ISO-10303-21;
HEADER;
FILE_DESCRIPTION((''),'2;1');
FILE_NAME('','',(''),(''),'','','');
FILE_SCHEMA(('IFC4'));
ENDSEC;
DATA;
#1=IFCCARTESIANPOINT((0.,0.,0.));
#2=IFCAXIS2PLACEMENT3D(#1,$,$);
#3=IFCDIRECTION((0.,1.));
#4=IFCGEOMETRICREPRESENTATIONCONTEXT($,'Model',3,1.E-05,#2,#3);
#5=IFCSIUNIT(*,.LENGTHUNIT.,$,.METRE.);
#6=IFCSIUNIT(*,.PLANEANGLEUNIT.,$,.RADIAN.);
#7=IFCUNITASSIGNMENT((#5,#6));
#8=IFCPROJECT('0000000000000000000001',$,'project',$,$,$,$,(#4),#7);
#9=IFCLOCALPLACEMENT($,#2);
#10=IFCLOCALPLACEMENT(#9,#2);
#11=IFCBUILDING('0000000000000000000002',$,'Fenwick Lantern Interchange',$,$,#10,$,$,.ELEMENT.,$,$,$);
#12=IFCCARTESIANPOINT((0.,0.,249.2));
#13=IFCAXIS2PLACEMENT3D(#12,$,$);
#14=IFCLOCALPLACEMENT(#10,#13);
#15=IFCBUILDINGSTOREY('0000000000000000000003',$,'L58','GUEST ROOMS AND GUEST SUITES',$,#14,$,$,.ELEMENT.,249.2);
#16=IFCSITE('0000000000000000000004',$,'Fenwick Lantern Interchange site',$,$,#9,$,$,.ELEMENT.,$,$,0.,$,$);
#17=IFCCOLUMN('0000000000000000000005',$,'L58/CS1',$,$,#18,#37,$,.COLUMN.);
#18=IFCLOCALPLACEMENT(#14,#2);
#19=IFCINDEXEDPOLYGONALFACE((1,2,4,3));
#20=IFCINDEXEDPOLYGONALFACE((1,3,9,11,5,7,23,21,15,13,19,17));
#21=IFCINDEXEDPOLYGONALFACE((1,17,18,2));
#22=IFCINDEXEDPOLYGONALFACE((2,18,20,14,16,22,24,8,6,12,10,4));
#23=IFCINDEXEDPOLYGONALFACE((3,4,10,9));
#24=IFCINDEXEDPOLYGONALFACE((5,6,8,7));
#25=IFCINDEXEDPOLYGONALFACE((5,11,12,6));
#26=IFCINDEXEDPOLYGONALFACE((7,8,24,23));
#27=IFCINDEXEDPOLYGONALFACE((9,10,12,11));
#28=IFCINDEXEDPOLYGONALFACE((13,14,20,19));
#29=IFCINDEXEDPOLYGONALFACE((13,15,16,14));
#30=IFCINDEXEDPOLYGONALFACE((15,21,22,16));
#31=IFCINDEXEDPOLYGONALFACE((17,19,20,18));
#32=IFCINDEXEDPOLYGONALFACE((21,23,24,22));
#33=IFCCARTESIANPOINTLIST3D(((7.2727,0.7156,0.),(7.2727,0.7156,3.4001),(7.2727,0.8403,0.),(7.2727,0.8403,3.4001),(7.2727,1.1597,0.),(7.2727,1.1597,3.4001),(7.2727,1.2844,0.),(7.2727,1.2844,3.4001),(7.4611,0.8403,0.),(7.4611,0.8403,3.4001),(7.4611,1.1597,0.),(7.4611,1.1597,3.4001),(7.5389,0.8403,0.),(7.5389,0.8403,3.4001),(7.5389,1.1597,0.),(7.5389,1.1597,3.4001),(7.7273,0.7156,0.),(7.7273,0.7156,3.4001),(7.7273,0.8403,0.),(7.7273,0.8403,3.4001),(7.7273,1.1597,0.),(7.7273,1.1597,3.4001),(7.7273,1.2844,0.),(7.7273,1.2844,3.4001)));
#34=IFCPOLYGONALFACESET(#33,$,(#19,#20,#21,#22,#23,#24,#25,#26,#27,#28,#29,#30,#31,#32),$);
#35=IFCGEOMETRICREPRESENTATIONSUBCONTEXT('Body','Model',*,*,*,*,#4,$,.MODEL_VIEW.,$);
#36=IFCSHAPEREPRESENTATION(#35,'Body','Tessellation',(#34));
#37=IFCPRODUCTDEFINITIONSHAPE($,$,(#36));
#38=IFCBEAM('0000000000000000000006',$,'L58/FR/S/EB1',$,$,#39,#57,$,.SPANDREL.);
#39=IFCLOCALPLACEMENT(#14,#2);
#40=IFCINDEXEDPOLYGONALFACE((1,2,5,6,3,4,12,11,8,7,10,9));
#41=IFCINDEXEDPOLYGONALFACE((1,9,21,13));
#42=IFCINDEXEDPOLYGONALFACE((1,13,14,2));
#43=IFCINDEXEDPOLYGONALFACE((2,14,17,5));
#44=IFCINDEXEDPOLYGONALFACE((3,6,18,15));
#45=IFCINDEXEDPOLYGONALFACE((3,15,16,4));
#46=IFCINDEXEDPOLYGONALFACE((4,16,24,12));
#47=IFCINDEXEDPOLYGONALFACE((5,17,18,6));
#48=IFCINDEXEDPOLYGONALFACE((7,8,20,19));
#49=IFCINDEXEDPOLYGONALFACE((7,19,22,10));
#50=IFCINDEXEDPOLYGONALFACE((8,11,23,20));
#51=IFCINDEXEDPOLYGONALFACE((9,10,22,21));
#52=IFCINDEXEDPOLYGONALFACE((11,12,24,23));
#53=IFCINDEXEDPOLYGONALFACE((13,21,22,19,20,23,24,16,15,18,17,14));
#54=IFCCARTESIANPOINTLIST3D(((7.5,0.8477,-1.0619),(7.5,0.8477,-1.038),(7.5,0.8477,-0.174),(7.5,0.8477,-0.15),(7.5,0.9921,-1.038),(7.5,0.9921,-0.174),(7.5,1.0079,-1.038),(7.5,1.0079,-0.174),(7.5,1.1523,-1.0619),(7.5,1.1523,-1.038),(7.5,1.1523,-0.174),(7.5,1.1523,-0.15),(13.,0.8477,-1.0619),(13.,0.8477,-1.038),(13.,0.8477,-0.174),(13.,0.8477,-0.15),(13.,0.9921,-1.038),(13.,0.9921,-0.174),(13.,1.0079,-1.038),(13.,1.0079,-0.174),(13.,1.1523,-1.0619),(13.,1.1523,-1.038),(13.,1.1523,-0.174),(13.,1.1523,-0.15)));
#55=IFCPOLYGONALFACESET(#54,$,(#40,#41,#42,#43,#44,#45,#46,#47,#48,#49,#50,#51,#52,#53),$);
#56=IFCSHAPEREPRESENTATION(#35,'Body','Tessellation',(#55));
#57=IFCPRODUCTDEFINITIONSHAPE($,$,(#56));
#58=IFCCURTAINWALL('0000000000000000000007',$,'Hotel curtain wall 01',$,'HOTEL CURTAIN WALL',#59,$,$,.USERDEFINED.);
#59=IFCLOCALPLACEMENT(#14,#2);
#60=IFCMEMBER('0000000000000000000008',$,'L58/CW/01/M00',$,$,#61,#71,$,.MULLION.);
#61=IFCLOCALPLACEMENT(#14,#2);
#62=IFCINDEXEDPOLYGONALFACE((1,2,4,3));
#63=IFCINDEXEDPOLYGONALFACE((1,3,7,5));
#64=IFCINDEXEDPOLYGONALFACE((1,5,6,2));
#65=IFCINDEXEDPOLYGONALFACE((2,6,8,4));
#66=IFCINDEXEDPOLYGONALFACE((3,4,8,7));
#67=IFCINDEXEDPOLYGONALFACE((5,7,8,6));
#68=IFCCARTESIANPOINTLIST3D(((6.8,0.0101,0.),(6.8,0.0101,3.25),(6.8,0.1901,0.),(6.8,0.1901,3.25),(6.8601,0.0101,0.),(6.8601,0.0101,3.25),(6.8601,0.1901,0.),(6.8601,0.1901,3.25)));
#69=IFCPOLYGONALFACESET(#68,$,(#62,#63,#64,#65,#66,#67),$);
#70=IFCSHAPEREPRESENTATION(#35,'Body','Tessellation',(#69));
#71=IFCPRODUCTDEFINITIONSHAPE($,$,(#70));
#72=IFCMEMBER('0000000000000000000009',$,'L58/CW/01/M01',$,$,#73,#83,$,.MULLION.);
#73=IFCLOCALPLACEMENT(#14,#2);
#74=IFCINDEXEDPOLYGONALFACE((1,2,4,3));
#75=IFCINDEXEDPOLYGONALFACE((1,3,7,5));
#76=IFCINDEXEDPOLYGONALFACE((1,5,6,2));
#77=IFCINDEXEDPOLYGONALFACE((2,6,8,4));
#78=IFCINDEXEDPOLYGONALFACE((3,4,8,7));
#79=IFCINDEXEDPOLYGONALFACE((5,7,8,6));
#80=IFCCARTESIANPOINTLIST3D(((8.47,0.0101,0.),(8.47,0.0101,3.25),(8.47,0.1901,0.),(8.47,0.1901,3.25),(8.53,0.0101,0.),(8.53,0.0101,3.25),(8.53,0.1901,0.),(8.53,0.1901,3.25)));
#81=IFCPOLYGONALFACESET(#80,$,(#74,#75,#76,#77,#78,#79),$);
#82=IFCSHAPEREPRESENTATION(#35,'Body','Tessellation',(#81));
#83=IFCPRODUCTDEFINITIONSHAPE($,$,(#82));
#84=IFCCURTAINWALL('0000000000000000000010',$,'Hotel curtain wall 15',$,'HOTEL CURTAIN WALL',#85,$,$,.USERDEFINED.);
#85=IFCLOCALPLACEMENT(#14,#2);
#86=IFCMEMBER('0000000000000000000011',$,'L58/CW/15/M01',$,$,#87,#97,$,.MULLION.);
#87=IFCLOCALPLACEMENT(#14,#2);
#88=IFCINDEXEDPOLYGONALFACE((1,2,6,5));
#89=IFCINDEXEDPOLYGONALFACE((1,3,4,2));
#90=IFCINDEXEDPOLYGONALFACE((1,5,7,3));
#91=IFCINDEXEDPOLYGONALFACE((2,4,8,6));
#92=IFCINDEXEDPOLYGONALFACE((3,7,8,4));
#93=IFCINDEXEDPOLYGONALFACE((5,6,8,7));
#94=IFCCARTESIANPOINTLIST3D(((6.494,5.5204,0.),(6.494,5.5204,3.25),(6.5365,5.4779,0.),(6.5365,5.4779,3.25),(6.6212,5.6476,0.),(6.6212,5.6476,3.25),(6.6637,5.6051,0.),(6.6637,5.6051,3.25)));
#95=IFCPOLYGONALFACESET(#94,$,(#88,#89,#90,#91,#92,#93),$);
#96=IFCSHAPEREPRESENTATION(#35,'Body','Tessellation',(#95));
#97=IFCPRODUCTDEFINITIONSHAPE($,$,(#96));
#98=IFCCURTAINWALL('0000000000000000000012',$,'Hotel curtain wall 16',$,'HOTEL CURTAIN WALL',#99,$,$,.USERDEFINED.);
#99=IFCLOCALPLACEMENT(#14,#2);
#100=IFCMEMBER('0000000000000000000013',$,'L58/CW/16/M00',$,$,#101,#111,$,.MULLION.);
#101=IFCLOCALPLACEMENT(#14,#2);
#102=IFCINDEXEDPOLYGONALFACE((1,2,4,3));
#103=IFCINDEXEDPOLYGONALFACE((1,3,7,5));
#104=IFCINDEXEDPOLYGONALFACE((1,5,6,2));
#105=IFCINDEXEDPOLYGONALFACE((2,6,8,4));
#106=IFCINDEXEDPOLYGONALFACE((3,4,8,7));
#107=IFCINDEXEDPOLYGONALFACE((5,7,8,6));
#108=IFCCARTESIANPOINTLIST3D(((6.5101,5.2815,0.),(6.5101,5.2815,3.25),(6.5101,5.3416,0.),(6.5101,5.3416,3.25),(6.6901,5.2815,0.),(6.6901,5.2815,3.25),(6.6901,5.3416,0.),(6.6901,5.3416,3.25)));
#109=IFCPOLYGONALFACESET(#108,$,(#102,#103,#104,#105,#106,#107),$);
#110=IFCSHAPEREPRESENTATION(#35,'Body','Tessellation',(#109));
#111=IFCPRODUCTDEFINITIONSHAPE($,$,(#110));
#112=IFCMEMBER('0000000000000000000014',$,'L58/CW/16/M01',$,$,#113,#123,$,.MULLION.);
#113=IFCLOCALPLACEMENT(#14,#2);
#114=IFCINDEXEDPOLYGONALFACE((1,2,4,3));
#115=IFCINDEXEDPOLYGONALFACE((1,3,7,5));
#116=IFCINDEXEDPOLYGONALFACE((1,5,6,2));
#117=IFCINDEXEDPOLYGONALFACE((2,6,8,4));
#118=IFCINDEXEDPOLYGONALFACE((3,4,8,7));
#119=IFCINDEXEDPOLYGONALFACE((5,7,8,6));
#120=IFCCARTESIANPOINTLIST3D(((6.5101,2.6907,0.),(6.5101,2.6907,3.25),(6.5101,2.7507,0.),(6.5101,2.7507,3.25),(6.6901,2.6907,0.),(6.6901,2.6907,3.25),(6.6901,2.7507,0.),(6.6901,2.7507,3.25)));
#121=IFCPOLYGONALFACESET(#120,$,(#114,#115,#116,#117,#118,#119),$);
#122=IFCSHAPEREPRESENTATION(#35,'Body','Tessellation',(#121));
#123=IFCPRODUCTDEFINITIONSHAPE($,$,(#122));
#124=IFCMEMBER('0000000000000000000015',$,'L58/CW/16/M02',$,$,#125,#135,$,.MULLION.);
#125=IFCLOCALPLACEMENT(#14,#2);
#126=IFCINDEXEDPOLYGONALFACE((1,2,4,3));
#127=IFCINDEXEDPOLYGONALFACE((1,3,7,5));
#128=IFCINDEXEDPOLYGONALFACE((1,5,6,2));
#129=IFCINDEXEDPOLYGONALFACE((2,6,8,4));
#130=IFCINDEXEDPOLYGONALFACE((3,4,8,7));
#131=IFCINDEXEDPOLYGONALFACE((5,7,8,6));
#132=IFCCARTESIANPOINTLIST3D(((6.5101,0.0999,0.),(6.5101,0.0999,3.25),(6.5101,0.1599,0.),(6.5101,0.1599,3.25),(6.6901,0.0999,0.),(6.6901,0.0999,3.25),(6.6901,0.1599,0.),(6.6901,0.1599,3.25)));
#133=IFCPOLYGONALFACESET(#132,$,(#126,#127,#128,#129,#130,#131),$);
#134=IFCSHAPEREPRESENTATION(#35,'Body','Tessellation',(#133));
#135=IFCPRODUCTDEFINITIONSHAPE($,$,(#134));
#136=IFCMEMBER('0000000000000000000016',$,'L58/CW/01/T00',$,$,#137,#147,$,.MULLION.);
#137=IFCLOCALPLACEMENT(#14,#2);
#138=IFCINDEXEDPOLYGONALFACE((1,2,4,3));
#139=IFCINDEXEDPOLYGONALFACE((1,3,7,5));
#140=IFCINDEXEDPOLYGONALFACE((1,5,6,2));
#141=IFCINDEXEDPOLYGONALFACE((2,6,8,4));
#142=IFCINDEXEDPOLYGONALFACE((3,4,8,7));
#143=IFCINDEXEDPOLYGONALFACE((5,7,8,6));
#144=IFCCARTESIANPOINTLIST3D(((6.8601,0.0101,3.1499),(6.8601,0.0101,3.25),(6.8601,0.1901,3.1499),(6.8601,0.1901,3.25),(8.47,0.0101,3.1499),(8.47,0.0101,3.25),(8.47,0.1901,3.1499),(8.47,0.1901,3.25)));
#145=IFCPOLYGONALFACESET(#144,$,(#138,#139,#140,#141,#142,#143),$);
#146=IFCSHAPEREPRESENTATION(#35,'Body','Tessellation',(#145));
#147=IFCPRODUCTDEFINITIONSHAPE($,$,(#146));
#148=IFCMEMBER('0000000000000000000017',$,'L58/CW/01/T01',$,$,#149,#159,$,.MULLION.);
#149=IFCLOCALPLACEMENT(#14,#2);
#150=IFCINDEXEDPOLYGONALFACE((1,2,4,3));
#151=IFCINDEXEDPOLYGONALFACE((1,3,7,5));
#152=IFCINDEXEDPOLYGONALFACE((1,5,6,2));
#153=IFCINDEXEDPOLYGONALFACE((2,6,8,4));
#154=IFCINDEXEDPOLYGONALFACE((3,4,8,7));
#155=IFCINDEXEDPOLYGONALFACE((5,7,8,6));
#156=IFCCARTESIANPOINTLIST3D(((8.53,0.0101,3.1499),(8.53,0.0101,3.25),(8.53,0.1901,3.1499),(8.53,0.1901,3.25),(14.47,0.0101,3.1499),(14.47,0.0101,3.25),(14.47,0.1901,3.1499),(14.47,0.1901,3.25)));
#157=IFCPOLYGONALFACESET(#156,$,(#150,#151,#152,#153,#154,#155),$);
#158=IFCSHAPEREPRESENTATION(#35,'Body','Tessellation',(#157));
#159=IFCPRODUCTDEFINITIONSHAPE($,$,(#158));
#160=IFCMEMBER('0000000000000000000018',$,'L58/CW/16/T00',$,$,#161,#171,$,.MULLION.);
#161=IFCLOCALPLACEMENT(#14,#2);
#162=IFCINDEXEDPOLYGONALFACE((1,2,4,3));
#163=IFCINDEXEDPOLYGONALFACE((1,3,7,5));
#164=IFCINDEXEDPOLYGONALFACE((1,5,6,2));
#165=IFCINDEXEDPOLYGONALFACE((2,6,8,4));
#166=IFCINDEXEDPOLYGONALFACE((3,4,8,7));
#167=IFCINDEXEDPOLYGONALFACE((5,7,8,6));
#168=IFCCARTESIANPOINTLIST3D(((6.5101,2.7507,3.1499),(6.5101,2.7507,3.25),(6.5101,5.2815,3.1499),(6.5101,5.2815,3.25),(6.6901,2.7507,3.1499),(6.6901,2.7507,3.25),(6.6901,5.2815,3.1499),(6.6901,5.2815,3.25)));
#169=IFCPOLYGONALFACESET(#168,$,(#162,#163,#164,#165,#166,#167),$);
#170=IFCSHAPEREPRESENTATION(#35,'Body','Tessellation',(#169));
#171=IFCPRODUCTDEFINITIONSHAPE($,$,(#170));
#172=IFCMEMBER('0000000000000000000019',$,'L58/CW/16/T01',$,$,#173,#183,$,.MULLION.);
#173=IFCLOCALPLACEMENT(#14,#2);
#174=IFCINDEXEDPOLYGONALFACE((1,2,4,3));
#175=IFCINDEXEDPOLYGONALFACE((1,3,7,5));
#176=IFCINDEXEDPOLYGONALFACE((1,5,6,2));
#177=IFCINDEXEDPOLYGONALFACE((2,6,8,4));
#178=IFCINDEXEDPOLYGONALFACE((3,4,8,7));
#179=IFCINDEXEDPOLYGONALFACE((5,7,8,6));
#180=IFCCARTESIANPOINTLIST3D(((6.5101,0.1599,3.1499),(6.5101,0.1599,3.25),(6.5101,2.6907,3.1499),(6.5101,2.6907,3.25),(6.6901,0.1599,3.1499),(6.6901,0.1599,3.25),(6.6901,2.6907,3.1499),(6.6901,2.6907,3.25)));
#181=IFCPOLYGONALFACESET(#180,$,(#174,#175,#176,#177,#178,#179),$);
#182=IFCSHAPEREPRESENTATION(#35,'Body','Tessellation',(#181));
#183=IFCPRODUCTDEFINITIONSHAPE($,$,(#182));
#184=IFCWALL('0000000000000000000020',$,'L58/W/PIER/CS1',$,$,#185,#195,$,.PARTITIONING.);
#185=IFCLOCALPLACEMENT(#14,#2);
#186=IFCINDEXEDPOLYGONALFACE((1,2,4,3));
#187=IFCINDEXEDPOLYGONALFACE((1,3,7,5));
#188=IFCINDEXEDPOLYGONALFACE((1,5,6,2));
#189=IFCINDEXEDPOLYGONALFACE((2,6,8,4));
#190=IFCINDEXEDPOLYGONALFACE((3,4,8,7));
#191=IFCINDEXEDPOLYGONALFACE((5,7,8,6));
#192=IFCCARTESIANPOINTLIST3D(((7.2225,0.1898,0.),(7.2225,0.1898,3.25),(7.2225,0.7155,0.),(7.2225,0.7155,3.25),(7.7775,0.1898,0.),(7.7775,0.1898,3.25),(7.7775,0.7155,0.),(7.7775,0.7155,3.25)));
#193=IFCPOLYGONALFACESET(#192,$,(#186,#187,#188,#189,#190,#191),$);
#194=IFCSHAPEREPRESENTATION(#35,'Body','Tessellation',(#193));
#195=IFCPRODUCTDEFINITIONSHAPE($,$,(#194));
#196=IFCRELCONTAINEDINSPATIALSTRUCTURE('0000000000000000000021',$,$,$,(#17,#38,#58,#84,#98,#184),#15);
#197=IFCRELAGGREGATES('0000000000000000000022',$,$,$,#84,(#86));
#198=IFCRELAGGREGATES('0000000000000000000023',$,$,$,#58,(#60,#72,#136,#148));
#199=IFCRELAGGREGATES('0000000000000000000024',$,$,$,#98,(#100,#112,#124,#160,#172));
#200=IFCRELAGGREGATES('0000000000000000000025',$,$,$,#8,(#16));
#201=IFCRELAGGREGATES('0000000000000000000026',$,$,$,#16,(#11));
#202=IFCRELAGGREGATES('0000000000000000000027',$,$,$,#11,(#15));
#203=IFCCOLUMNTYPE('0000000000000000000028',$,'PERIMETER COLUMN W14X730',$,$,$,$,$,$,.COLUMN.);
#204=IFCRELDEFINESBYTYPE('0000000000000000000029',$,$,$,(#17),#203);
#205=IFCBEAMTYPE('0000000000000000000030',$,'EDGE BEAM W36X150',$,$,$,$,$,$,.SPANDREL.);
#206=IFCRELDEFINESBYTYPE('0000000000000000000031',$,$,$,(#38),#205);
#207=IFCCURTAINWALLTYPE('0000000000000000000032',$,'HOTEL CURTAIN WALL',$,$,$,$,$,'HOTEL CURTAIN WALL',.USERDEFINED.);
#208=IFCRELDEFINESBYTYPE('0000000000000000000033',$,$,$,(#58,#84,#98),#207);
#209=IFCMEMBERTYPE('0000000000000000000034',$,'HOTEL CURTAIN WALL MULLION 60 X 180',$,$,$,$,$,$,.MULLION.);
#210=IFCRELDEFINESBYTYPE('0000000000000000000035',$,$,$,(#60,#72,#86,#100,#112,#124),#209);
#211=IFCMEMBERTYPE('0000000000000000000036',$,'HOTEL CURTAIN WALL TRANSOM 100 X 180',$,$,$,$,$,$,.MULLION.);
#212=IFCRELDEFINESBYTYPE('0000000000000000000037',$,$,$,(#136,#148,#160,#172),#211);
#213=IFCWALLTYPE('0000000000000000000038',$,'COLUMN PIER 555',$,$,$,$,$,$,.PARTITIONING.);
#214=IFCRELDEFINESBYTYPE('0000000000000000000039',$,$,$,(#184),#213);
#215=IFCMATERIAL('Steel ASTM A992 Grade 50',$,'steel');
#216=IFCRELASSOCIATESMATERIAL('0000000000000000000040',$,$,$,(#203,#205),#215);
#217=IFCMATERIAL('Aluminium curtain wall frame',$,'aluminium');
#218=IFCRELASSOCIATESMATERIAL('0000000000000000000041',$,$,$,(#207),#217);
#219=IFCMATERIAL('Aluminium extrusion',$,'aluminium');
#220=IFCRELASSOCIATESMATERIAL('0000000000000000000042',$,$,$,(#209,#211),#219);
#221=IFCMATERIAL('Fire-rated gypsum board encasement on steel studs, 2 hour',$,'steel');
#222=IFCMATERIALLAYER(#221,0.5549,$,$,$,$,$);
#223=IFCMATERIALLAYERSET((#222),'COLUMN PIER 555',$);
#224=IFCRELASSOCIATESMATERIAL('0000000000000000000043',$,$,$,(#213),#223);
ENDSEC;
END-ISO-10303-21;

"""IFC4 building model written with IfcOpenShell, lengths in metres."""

from ifc_helpers import new_model, si_unit, direction, frame, frame_2d, origin, origin_2d, place, context, subcontext, project, spatial, rectangle, i_section, extrude, material, layer, layer_set, material_profile, profile_set, type_object, element, aggregate, save


model = new_model("IFC4")

# Units and contexts
model_context = context("Model", 3, precision=1e-05, world=origin(), true_north=direction((0.0, 1.0)))
body_context = subcontext(model_context, "Body", "Model", "MODEL_VIEW")
ifc_project = project(units=[si_unit("LENGTHUNIT", "METRE"), si_unit("PLANEANGLEUNIT", "RADIAN")], contexts=[model_context])

# Site, building, storey
site_placement = place(None, origin())
site = spatial("IfcSite", under=ifc_project, at=site_placement, Name="Fenwick Lantern Interchange site", CompositionType="ELEMENT", RefElevation=0.0)
building_placement = place(site_placement, origin())
building = spatial("IfcBuilding", under=site, at=building_placement, Name="Fenwick Lantern Interchange", CompositionType="ELEMENT")
storey_placement = place(building_placement, frame((0.0, 0.0, 249.2)))
storey = spatial("IfcBuildingStorey", under=building, at=storey_placement, Name="L58", Description="GUEST ROOMS AND GUEST SUITES", CompositionType="ELEMENT", Elevation=249.2)

# Column
ifc_material_1 = material(Name="Steel ASTM A992 Grade 50", Category="steel")
ifc_material_profile_1 = material_profile(ifc_material_1, i_section(OverallWidth=0.4546, OverallDepth=0.5688, WebThickness=0.0779, FlangeThickness=0.1248, at=origin_2d()), Name="W14X730")
ifc_profile_set_1 = profile_set([ifc_material_profile_1], Name="Steel ASTM A992 Grade 50")
column_type = type_object("IfcColumnType", Name="PERIMETER COLUMN W14X730", PredefinedType="COLUMN", material=ifc_profile_set_1)
column_placement = place(storey_placement, frame((7.5, 1.0, 0.0), z_axis=(0.0, 0.0, 1.0), x_axis=(1.0, 0.0, 0.0)))
element("IfcColumn", 1, at=column_placement, inside=storey, type_object=column_type, Name="L58/CS1", PredefinedType="COLUMN", context=body_context, shape_type="SweptSolid", body=[
    extrude(i_section(OverallWidth=0.4546, OverallDepth=0.5688, WebThickness=0.0779, FlangeThickness=0.1248, at=origin_2d()), origin(), (0.0, 0.0, 1.0), 3.4001),
])

# Beam
ifc_material_profile_2 = material_profile(ifc_material_1, i_section(OverallWidth=0.3047, OverallDepth=0.9119, WebThickness=0.0159, FlangeThickness=0.0239, at=origin_2d()), Name="W36X150")
ifc_profile_set_2 = profile_set([ifc_material_profile_2], Name="Steel ASTM A992 Grade 50")
beam_type = type_object("IfcBeamType", Name="EDGE BEAM W36X150", PredefinedType="SPANDREL", material=ifc_profile_set_2)
beam_placement = place(storey_placement, frame((7.5, 1.0, -0.606), z_axis=(1.0, 0.0, 0.0), x_axis=(0.0, 1.0, 0.0)))
element("IfcBeam", 2, at=beam_placement, inside=storey, type_object=beam_type, Name="L58/FR/S/EB1", PredefinedType="SPANDREL", context=body_context, shape_type="SweptSolid", body=[
    extrude(i_section(OverallWidth=0.3047, OverallDepth=0.9119, WebThickness=0.0159, FlangeThickness=0.0239, at=origin_2d()), origin(), (0.0, 0.0, 1.0), 5.5),
])

# Curtain wall, members
ifc_material_2 = material(Name="Aluminium curtain wall frame", Category="aluminium")
curtain_wall_type = type_object("IfcCurtainWallType", Name="HOTEL CURTAIN WALL", ElementType="HOTEL CURTAIN WALL", PredefinedType="USERDEFINED", material=ifc_material_2)
curtain_wall_1_placement = place(storey_placement, origin())
curtain_wall_1 = element("IfcCurtainWall", 3, at=curtain_wall_1_placement, inside=storey, type_object=curtain_wall_type, Name="Hotel curtain wall 01", ObjectType="HOTEL CURTAIN WALL", PredefinedType="USERDEFINED")
ifc_material_3 = material(Name="Aluminium extrusion", Category="aluminium")
ifc_material_profile_3 = material_profile(ifc_material_3, rectangle(XDim=0.1799, YDim=0.0601, at=origin_2d()), Name="HOTEL CURTAIN WALL MULLION 60 X 180")
ifc_profile_set_3 = profile_set([ifc_material_profile_3], Name="Aluminium extrusion")
member_type_1 = type_object("IfcMemberType", Name="HOTEL CURTAIN WALL MULLION 60 X 180", PredefinedType="MULLION", material=ifc_profile_set_3)
member_1_placement = place(storey_placement, frame((6.8301, 0.1001, 0.0), z_axis=(0.0, 0.0, 1.0), x_axis=(0.0, 1.0, 0.0)))
member_1 = element("IfcMember", 4, at=member_1_placement, type_object=member_type_1, Name="L58/CW/01/M00", PredefinedType="MULLION", context=body_context, shape_type="SweptSolid", body=[
    extrude(rectangle(XDim=0.1799, YDim=0.0601, at=origin_2d()), origin(), (0.0, 0.0, 1.0), 3.25),
])
member_2_placement = place(storey_placement, frame((8.5, 0.1001, 0.0), z_axis=(0.0, 0.0, 1.0), x_axis=(0.0, 1.0, 0.0)))
member_2 = element("IfcMember", 5, at=member_2_placement, type_object=member_type_1, Name="L58/CW/01/M01", PredefinedType="MULLION", context=body_context, shape_type="SweptSolid", body=[
    extrude(rectangle(XDim=0.1799, YDim=0.0601, at=origin_2d()), origin(), (0.0, 0.0, 1.0), 3.25),
])

# Curtain wall, member
curtain_wall_2_placement = place(storey_placement, origin())
curtain_wall_2 = element("IfcCurtainWall", 6, at=curtain_wall_2_placement, inside=storey, type_object=curtain_wall_type, Name="Hotel curtain wall 15", ObjectType="HOTEL CURTAIN WALL", PredefinedType="USERDEFINED")
member_3_placement = place(storey_placement, frame((6.5789, 5.5627, 0.0), z_axis=(0.0, 0.0, 1.0), x_axis=(0.707107, 0.707107, 0.0)))
member_3 = element("IfcMember", 7, at=member_3_placement, type_object=member_type_1, Name="L58/CW/15/M01", PredefinedType="MULLION", context=body_context, shape_type="SweptSolid", body=[
    extrude(rectangle(XDim=0.1799, YDim=0.0601, at=origin_2d()), origin(), (0.0, 0.0, 1.0), 3.25),
])
aggregate(curtain_wall_2, [member_3])

# Curtain wall, members
curtain_wall_3_placement = place(storey_placement, origin())
curtain_wall_3 = element("IfcCurtainWall", 8, at=curtain_wall_3_placement, inside=storey, type_object=curtain_wall_type, Name="Hotel curtain wall 16", ObjectType="HOTEL CURTAIN WALL", PredefinedType="USERDEFINED")
member_4_placement = place(storey_placement, frame((6.6001, 5.3115, 0.0), z_axis=(0.0, 0.0, 1.0), x_axis=(1.0, 0.0, 0.0)))
member_4 = element("IfcMember", 9, at=member_4_placement, type_object=member_type_1, Name="L58/CW/16/M00", PredefinedType="MULLION", context=body_context, shape_type="SweptSolid", body=[
    extrude(rectangle(XDim=0.1799, YDim=0.0601, at=origin_2d()), origin(), (0.0, 0.0, 1.0), 3.25),
])
member_5_placement = place(storey_placement, frame((6.6001, 2.7207, 0.0), z_axis=(0.0, 0.0, 1.0), x_axis=(1.0, 0.0, 0.0)))
member_5 = element("IfcMember", 10, at=member_5_placement, type_object=member_type_1, Name="L58/CW/16/M01", PredefinedType="MULLION", context=body_context, shape_type="SweptSolid", body=[
    extrude(rectangle(XDim=0.1799, YDim=0.0601, at=origin_2d()), origin(), (0.0, 0.0, 1.0), 3.25),
])
member_6_placement = place(storey_placement, frame((6.6001, 0.1299, 0.0), z_axis=(0.0, 0.0, 1.0), x_axis=(1.0, 0.0, 0.0)))
member_6 = element("IfcMember", 11, at=member_6_placement, type_object=member_type_1, Name="L58/CW/16/M02", PredefinedType="MULLION", context=body_context, shape_type="SweptSolid", body=[
    extrude(rectangle(XDim=0.1799, YDim=0.0601, at=origin_2d()), origin(), (0.0, 0.0, 1.0), 3.25),
])

# Members
ifc_material_profile_4 = material_profile(ifc_material_3, rectangle(XDim=0.1799, YDim=0.1001, at=origin_2d()), Name="HOTEL CURTAIN WALL TRANSOM 100 X 180")
ifc_profile_set_4 = profile_set([ifc_material_profile_4], Name="Aluminium extrusion")
member_type_2 = type_object("IfcMemberType", Name="HOTEL CURTAIN WALL TRANSOM 100 X 180", PredefinedType="MULLION", material=ifc_profile_set_4)
member_7_placement = place(storey_placement, frame((6.8601, 0.1001, 3.2), z_axis=(1.0, 0.0, 0.0), x_axis=(0.0, 1.0, 0.0)))
member_7 = element("IfcMember", 12, at=member_7_placement, type_object=member_type_2, Name="L58/CW/01/T00", PredefinedType="MULLION", context=body_context, shape_type="SweptSolid", body=[
    extrude(rectangle(XDim=0.1799, YDim=0.1001, at=origin_2d()), origin(), (0.0, 0.0, 1.0), 1.6099),
])
member_8_placement = place(storey_placement, frame((8.53, 0.1001, 3.2), z_axis=(1.0, 0.0, 0.0), x_axis=(0.0, 1.0, 0.0)))
member_8 = element("IfcMember", 13, at=member_8_placement, type_object=member_type_2, Name="L58/CW/01/T01", PredefinedType="MULLION", context=body_context, shape_type="SweptSolid", body=[
    extrude(rectangle(XDim=0.1799, YDim=0.1001, at=origin_2d()), origin(), (0.0, 0.0, 1.0), 5.9399),
])
member_9_placement = place(storey_placement, frame((6.6001, 5.2815, 3.2), z_axis=(0.0, -1.0, 0.0), x_axis=(1.0, 0.0, 0.0)))
member_9 = element("IfcMember", 14, at=member_9_placement, type_object=member_type_2, Name="L58/CW/16/T00", PredefinedType="MULLION", context=body_context, shape_type="SweptSolid", body=[
    extrude(rectangle(XDim=0.1799, YDim=0.1001, at=origin_2d()), origin(), (0.0, 0.0, 1.0), 2.5308),
])
member_10_placement = place(storey_placement, frame((6.6001, 2.6907, 3.2), z_axis=(0.0, -1.0, 0.0), x_axis=(1.0, 0.0, 0.0)))
member_10 = element("IfcMember", 15, at=member_10_placement, type_object=member_type_2, Name="L58/CW/16/T01", PredefinedType="MULLION", context=body_context, shape_type="SweptSolid", body=[
    extrude(rectangle(XDim=0.1799, YDim=0.1001, at=origin_2d()), origin(), (0.0, 0.0, 1.0), 2.5308),
])

aggregate(curtain_wall_1, [member_1, member_2, member_7, member_8])
aggregate(curtain_wall_3, [member_4, member_5, member_6, member_9, member_10])

# Wall
ifc_material_4 = material(Name="Fire-rated gypsum board encasement on steel studs, 2 hour", Category="steel")
ifc_layer_1 = layer(ifc_material_4, 0.5549)
ifc_layer_set_1 = layer_set([ifc_layer_1], Name="COLUMN PIER 555")
wall_type = type_object("IfcWallType", Name="COLUMN PIER 555", PredefinedType="PARTITIONING", material=ifc_layer_set_1)
wall_placement = place(storey_placement, frame((7.5, 0.1899, 0.0), z_axis=(0.0, 0.0, 1.0), x_axis=(0.0, 1.0, 0.0)))
element("IfcWall", 16, at=wall_placement, inside=storey, type_object=wall_type, Name="L58/W/PIER/CS1", PredefinedType="PARTITIONING", context=body_context, shape_type="SweptSolid", body=[
    extrude(rectangle(XDim=0.5256, YDim=0.5549, at=frame_2d((0.2627, 0.0))), origin(), (0.0, 0.0, 1.0), 3.25),
])

save(model, "model.ifc")
